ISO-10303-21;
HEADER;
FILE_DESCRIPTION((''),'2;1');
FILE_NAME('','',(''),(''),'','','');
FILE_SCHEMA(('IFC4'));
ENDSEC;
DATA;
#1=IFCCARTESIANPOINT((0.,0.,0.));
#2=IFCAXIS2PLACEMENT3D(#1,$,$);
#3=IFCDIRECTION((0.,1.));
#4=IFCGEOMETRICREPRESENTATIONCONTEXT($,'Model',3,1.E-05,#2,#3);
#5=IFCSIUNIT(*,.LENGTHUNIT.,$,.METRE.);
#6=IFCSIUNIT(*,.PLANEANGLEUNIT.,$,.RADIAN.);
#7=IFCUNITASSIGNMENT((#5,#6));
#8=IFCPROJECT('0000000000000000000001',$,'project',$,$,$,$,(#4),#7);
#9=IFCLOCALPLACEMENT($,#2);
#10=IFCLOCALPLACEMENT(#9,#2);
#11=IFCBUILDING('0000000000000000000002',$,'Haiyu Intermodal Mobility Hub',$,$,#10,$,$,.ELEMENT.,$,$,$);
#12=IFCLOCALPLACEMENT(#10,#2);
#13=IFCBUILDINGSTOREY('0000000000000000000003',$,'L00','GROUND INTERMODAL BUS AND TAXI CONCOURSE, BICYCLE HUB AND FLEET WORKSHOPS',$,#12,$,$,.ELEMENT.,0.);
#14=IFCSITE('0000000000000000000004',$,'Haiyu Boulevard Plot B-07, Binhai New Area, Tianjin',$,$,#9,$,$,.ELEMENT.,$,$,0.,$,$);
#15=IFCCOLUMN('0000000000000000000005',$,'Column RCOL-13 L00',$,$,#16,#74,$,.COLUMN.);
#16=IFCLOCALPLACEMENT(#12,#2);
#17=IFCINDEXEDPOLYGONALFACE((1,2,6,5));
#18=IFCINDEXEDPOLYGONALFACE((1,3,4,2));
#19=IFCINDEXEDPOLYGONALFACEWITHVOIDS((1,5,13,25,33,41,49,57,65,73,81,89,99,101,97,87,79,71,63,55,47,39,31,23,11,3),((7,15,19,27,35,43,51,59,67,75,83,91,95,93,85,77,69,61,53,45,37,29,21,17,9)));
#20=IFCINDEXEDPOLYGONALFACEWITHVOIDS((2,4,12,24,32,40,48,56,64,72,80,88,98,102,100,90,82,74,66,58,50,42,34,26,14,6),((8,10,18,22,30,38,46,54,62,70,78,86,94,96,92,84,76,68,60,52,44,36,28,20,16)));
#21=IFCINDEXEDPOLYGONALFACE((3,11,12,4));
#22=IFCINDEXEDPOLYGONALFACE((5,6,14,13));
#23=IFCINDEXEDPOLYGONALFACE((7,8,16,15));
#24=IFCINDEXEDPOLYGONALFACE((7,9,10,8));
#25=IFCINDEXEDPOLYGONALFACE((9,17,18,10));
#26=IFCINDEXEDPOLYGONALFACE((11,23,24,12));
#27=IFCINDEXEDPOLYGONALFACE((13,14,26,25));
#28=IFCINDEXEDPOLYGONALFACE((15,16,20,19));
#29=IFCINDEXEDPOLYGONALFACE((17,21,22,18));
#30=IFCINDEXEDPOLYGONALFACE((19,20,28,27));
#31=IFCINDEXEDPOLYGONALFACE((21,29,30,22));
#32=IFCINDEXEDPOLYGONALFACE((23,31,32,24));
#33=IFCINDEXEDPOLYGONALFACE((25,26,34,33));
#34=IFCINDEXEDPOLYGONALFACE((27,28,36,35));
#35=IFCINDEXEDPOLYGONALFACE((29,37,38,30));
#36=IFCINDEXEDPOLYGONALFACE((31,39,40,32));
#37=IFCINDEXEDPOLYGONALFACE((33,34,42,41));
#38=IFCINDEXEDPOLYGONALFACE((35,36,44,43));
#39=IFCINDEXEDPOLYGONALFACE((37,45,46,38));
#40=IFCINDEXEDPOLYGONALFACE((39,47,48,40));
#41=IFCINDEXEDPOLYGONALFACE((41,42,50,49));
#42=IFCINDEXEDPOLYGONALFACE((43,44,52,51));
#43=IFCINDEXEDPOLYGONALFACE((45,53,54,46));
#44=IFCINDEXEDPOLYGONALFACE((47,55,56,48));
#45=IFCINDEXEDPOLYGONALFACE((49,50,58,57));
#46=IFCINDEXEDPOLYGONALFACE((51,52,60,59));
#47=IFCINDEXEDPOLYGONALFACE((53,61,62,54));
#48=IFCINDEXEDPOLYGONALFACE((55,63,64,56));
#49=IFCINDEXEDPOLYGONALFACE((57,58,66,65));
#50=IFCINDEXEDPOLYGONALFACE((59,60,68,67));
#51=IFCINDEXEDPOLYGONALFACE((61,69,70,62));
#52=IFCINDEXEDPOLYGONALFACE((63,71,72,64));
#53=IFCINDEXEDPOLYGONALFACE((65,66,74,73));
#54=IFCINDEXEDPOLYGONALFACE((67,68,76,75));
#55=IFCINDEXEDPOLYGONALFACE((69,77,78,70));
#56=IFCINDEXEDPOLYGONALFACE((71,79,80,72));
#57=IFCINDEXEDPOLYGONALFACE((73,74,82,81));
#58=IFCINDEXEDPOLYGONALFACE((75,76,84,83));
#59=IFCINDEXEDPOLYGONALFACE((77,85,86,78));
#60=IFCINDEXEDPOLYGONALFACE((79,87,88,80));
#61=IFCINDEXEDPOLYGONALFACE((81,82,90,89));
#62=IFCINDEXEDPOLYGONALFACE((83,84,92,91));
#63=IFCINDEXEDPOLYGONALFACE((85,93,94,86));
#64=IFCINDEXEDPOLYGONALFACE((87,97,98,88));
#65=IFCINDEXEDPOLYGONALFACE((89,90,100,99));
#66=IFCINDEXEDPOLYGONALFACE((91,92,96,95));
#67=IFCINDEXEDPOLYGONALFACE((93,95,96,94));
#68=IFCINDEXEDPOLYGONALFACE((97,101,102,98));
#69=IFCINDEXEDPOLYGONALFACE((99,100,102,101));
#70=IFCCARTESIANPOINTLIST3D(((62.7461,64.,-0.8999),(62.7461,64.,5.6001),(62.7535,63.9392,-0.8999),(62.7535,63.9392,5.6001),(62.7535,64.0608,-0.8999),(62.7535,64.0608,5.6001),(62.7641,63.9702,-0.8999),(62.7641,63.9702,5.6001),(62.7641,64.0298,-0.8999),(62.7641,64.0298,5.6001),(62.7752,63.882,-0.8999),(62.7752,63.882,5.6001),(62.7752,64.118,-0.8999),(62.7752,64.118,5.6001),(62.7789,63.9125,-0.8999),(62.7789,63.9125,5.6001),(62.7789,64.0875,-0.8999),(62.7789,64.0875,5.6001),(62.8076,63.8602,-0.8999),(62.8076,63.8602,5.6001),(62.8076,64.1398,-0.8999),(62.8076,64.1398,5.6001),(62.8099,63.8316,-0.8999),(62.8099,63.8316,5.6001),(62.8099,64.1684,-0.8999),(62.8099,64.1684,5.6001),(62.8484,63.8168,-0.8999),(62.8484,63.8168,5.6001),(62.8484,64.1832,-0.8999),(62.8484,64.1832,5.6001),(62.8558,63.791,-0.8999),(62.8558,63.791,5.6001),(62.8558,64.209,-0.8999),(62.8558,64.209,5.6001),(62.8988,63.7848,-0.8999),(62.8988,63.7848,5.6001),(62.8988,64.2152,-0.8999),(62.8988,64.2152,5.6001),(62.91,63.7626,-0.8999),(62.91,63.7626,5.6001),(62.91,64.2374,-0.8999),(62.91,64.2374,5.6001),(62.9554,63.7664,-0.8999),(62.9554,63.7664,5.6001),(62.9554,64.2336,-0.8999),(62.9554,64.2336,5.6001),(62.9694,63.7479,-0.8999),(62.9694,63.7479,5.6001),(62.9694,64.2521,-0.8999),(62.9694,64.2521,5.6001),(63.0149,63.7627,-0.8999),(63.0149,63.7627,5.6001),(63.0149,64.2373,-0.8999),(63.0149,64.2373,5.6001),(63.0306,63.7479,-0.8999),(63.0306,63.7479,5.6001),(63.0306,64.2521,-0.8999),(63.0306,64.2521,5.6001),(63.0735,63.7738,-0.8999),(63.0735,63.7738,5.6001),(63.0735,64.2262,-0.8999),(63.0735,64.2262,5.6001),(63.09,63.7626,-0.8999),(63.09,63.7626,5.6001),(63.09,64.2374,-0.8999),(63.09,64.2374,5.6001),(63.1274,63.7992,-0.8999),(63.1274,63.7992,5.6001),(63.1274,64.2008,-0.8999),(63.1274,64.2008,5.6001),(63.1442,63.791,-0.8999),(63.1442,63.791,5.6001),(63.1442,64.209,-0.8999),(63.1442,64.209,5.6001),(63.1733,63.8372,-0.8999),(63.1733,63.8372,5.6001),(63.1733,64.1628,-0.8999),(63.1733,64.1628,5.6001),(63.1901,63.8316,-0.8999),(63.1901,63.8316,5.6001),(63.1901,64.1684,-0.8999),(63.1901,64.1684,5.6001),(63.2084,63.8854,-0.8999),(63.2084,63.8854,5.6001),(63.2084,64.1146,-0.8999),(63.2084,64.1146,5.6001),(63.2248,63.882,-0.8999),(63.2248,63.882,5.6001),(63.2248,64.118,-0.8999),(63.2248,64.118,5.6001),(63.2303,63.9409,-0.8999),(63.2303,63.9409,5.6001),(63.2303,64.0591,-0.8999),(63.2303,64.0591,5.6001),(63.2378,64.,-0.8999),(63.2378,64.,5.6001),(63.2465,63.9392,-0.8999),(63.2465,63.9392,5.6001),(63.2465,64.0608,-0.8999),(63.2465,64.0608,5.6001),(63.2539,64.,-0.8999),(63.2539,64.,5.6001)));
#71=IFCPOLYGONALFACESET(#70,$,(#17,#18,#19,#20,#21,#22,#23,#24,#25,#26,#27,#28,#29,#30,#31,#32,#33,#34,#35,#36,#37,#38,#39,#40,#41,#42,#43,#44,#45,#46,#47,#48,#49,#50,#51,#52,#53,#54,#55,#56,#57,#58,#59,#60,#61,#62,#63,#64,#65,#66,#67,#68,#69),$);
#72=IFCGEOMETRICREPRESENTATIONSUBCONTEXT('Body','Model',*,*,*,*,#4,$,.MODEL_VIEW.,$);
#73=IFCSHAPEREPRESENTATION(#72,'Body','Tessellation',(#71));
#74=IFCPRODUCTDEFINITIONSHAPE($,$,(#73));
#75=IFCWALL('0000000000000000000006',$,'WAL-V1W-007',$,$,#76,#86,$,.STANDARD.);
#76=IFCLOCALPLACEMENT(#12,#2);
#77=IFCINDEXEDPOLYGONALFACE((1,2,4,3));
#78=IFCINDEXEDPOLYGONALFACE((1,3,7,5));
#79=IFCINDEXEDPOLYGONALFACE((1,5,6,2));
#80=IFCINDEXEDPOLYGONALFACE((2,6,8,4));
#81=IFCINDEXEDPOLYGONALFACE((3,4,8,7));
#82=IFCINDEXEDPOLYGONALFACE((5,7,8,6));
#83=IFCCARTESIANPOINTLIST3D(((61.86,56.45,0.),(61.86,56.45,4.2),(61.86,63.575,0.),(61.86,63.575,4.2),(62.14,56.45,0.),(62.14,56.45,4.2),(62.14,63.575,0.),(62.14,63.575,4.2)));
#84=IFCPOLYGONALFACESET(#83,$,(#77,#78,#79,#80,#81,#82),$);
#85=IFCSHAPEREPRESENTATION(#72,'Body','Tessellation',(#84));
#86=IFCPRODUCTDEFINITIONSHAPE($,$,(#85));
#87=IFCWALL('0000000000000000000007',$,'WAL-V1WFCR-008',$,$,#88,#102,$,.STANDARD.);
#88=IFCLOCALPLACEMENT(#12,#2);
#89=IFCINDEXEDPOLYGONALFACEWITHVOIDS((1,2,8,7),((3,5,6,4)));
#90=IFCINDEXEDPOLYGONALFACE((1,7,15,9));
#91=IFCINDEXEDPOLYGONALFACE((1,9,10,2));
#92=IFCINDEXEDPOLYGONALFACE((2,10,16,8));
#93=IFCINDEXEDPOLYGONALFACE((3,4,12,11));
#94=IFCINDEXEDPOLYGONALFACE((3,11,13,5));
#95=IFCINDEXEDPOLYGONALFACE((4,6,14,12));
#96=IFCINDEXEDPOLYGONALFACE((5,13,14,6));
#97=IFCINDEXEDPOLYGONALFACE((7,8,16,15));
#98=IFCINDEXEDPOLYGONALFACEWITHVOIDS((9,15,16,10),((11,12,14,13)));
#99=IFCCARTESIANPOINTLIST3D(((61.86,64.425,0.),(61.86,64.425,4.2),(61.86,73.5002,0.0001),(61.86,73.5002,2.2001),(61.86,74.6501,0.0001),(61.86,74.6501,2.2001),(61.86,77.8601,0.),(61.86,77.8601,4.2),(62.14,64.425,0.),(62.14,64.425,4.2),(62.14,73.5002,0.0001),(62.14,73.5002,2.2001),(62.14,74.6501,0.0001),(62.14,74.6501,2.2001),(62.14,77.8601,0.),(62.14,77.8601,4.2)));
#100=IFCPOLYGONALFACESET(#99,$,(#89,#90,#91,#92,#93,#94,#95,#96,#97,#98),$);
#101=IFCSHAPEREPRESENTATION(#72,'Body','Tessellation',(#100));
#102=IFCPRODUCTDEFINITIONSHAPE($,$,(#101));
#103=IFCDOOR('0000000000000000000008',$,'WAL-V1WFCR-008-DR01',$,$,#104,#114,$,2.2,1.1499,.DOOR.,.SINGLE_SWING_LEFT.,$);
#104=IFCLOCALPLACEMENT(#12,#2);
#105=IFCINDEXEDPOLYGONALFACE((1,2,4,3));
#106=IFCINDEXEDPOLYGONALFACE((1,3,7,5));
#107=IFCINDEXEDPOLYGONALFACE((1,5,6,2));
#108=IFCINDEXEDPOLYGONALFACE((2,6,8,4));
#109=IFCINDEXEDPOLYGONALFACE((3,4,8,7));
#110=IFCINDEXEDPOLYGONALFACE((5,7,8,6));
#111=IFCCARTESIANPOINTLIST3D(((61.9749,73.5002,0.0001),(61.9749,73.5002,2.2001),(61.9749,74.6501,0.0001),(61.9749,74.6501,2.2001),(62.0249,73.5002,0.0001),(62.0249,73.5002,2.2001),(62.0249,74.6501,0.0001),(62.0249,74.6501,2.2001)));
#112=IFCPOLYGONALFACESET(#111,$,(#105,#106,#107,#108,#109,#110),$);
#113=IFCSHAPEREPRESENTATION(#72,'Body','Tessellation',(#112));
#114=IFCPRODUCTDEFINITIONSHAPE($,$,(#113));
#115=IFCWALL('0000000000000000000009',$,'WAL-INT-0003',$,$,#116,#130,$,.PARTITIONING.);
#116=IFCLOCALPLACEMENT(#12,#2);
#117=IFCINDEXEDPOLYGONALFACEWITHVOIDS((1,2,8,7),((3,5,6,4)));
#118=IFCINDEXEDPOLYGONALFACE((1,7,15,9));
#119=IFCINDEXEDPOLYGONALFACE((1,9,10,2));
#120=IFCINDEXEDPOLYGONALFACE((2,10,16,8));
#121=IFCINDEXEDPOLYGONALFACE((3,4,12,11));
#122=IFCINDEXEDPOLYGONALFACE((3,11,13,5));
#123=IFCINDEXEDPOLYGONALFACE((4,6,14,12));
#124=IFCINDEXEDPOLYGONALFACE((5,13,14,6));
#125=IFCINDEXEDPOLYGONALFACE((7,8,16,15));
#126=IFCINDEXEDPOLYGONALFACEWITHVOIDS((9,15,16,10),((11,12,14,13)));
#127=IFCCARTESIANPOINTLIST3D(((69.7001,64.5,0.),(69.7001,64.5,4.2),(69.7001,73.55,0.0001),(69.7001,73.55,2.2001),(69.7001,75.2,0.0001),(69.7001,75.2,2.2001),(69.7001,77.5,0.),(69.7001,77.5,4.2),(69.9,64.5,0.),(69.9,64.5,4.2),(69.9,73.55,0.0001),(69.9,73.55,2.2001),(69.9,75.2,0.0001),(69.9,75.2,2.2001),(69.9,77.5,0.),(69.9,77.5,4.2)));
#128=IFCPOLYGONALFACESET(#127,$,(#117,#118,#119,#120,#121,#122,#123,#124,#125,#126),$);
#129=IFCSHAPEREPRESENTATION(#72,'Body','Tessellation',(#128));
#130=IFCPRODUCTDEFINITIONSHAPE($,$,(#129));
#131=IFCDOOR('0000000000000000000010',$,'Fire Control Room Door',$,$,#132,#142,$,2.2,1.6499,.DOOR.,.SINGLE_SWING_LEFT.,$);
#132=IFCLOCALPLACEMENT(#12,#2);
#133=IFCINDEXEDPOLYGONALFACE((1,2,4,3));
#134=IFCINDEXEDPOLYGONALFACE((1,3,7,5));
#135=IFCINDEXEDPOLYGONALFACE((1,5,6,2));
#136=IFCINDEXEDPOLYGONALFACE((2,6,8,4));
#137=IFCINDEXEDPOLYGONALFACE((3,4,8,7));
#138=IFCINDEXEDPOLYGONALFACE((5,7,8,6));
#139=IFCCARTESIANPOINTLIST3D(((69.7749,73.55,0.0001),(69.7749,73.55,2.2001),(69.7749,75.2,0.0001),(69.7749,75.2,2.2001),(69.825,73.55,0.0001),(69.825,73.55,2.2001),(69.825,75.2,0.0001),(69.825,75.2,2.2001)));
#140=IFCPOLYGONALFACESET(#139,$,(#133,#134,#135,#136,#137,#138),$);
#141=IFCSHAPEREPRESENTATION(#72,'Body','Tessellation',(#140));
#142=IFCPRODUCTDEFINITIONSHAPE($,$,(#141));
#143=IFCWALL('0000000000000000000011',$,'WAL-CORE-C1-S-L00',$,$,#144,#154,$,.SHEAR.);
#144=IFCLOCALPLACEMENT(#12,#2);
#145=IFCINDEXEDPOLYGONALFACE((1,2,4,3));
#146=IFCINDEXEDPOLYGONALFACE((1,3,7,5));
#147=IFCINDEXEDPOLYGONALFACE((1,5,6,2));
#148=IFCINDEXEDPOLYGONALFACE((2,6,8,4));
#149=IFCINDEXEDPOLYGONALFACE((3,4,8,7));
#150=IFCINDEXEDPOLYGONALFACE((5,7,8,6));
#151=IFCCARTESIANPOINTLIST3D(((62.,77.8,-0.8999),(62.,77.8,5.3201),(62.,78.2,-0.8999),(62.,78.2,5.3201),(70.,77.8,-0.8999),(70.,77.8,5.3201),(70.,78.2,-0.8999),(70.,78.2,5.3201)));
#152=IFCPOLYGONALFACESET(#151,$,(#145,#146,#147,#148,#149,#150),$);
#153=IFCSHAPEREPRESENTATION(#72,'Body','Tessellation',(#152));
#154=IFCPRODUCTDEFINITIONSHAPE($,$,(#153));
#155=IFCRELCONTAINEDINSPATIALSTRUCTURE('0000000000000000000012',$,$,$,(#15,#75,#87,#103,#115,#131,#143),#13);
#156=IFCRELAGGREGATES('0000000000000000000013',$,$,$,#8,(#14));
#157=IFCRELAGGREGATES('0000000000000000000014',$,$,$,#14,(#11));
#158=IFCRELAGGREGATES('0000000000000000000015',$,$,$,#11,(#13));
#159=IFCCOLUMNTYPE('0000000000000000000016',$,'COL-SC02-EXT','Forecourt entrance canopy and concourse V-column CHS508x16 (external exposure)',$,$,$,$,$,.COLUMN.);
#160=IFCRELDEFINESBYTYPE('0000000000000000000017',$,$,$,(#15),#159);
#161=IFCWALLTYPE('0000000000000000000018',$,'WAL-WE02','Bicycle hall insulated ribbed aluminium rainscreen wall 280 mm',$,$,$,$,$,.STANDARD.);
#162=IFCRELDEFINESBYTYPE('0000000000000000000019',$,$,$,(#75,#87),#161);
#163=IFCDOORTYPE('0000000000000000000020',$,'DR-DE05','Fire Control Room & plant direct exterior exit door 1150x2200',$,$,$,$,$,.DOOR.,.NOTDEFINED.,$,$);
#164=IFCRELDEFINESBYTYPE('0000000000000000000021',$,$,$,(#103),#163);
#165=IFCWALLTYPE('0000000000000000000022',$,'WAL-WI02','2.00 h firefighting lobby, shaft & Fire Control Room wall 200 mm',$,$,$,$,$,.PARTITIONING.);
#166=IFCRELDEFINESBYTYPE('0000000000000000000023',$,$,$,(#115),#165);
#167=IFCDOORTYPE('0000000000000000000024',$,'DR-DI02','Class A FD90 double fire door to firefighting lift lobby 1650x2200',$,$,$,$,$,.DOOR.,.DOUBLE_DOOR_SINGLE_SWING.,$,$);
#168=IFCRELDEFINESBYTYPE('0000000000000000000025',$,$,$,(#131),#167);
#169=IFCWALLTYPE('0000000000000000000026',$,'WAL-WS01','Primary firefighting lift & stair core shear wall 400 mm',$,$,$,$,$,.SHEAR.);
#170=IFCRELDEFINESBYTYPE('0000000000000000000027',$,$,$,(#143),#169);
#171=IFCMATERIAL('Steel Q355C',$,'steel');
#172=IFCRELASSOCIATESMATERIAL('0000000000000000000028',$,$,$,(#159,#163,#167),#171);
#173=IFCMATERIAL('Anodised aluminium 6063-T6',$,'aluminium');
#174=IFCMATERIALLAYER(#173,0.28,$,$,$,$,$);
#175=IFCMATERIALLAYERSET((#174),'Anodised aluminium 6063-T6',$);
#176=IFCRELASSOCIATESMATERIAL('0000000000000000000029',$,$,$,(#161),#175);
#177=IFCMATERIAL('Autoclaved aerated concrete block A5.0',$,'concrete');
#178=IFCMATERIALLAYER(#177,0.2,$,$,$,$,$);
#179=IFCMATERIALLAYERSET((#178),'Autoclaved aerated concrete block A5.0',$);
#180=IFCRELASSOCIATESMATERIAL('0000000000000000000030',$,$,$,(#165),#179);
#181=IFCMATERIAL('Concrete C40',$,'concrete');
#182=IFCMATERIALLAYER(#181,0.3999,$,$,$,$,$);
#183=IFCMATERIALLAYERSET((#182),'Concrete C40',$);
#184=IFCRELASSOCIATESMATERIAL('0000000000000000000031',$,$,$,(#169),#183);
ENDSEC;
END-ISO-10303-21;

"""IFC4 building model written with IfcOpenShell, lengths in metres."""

from ifc_helpers import new_model, si_unit, direction, frame, frame_2d, origin, origin_2d, place, context, subcontext, project, spatial, rectangle, hollow_circle, extrude, material, layer, layer_set, material_profile, profile_set, type_object, element, fill, save


model = new_model("IFC4")

# Units and contexts
model_context = context("Model", 3, precision=1e-05, world=origin(), true_north=direction((0.0, 1.0)))
body_context = subcontext(model_context, "Body", "Model", "MODEL_VIEW")
ifc_project = project(units=[si_unit("LENGTHUNIT", "METRE"), si_unit("PLANEANGLEUNIT", "RADIAN")], contexts=[model_context])

# Site, building, storey
site_placement = place(None, origin())
site = spatial("IfcSite", under=ifc_project, at=site_placement, Name="Haiyu Boulevard Plot B-07, Binhai New Area, Tianjin", CompositionType="ELEMENT", RefElevation=0.0)
building_placement = place(site_placement, origin())
building = spatial("IfcBuilding", under=site, at=building_placement, Name="Haiyu Intermodal Mobility Hub", CompositionType="ELEMENT")
storey_placement = place(building_placement, origin())
storey = spatial("IfcBuildingStorey", under=building, at=storey_placement, Name="L00", Description="GROUND INTERMODAL BUS AND TAXI CONCOURSE, BICYCLE HUB AND FLEET WORKSHOPS", CompositionType="ELEMENT", Elevation=0.0)

# Shared definitions
ifc_material_1 = material(Name="Concrete C40", Category="concrete")

# Column
ifc_material_2 = material(Name="Steel Q355C", Category="steel")
ifc_material_profile_1 = material_profile(ifc_material_2, hollow_circle(Radius=0.2539, WallThickness=0.0161, at=origin_2d()), Name="CHS508x16")
ifc_profile_set_1 = profile_set([ifc_material_profile_1], Name="Steel Q355C")
column_type_1 = type_object("IfcColumnType", Name="COL-SC02-EXT", Description="Forecourt entrance canopy and concourse V-column CHS508x16 (external exposure)", PredefinedType="COLUMN", material=ifc_profile_set_1)
for number, where, z_axis, x_axis, name in (
    (1, (63.0, 64.0, -0.8999), (0.0, 0.0, 1.0), (1.0, 0.0, 0.0), "Column RCOL-13 L00"),
):
    element("IfcColumn", number, at=place(storey_placement, frame(where, z_axis=z_axis, x_axis=x_axis)), inside=storey, type_object=column_type_1, Name=name, PredefinedType="COLUMN", context=body_context, shape_type="SweptSolid", body=[
        extrude(hollow_circle(Radius=0.2539, WallThickness=0.0161, at=origin_2d()), origin(), (0.0, 0.0, 1.0), 6.5),
    ])

# Wall
ifc_material_3 = material(Name="Anodised aluminium 6063-T6", Category="aluminium")
ifc_layer_1 = layer(ifc_material_3, 0.28)
ifc_layer_set_1 = layer_set([ifc_layer_1], Name="Anodised aluminium 6063-T6")
wall_type_1 = type_object("IfcWallType", Name="WAL-WE02", Description="Bicycle hall insulated ribbed aluminium rainscreen wall 280 mm", PredefinedType="STANDARD", material=ifc_layer_set_1)
wall_1_placement = place(storey_placement, frame((62.0, 63.575, 0.0), z_axis=(0.0, 0.0, 1.0), x_axis=(0.0, -1.0, 0.0)))
element("IfcWall", 2, at=wall_1_placement, inside=storey, type_object=wall_type_1, Name="WAL-V1W-007", PredefinedType="STANDARD", context=body_context, shape_type="SweptSolid", body=[
    extrude(rectangle(XDim=7.125, YDim=0.28, at=frame_2d((3.5625, 0.0))), origin(), (0.0, 0.0, 1.0), 4.2),
])

# Walls, openings, doors
wall_2_placement = place(storey_placement, frame((62.0, 77.8601, 0.0), z_axis=(0.0, 0.0, 1.0), x_axis=(0.0, -1.0, 0.0)))
wall_2 = element("IfcWall", 3, at=wall_2_placement, inside=storey, type_object=wall_type_1, Name="WAL-V1WFCR-008", PredefinedType="STANDARD", context=body_context, shape_type="SweptSolid", body=[
    extrude(rectangle(XDim=13.4351, YDim=0.28, at=frame_2d((6.7175, 0.0))), origin(), (0.0, 0.0, 1.0), 4.2),
])
opening_1_placement = place(wall_2_placement, frame((3.21, 0.0, 0.0)))
opening_1 = element("IfcOpeningElement", 4, at=opening_1_placement, cuts=wall_2, PredefinedType="OPENING", context=body_context, shape_type="SweptSolid", body=[
    extrude(rectangle(XDim=1.1499, YDim=2.2, at=frame_2d((0.575, 1.1001))), frame((0.0, 0.1499, 0.0), z_axis=(0.0, -1.0, 0.0), x_axis=(1.0, 0.0, 0.0)), (0.0, 0.0, 1.0), 0.3),
])
door_type_1 = type_object("IfcDoorType", Name="DR-DE05", Description="Fire Control Room & plant direct exterior exit door 1150x2200", OperationType="NOTDEFINED", PredefinedType="DOOR", material=ifc_material_2)
door_1_placement = place(opening_1_placement, origin())
door_1 = element("IfcDoor", 5, at=door_1_placement, inside=storey, type_object=door_type_1, Name="WAL-V1WFCR-008-DR01", OperationType="SINGLE_SWING_LEFT", OverallHeight=2.2, OverallWidth=1.1499, PredefinedType="DOOR", context=body_context, shape_type="SweptSolid", body=[
    extrude(rectangle(XDim=1.1499, YDim=2.2, at=frame_2d((0.575, 1.1001))), frame((0.0, 0.0249, 0.0), z_axis=(0.0, -1.0, 0.0), x_axis=(1.0, 0.0, 0.0)), (0.0, 0.0, 1.0), 0.05),
])
fill(opening_1, door_1)
ifc_material_4 = material(Name="Autoclaved aerated concrete block A5.0", Category="concrete")
ifc_layer_2 = layer(ifc_material_4, 0.2)
ifc_layer_set_2 = layer_set([ifc_layer_2], Name="Autoclaved aerated concrete block A5.0")
wall_type_2 = type_object("IfcWallType", Name="WAL-WI02", Description="2.00 h firefighting lobby, shaft & Fire Control Room wall 200 mm", PredefinedType="PARTITIONING", material=ifc_layer_set_2)
wall_3_placement = place(storey_placement, frame((69.8, 77.5, 0.0), z_axis=(0.0, 0.0, 1.0), x_axis=(0.0, -1.0, 0.0)))
wall_3 = element("IfcWall", 6, at=wall_3_placement, inside=storey, type_object=wall_type_2, Name="WAL-INT-0003", PredefinedType="PARTITIONING", context=body_context, shape_type="SweptSolid", body=[
    extrude(rectangle(XDim=13.0, YDim=0.2, at=frame_2d((6.5, 0.0))), origin(), (0.0, 0.0, 1.0), 4.2),
])
opening_2_placement = place(wall_3_placement, frame((2.3, 0.0, 0.0)))
opening_2 = element("IfcOpeningElement", 7, at=opening_2_placement, cuts=wall_3, PredefinedType="OPENING", context=body_context, shape_type="SweptSolid", body=[
    extrude(rectangle(XDim=1.6499, YDim=2.2, at=frame_2d((0.825, 1.1001))), frame((0.0, 0.1099, 0.0), z_axis=(0.0, -1.0, 0.0), x_axis=(1.0, 0.0, 0.0)), (0.0, 0.0, 1.0), 0.22),
])
door_type_2 = type_object("IfcDoorType", Name="DR-DI02", Description="Class A FD90 double fire door to firefighting lift lobby 1650x2200", OperationType="DOUBLE_DOOR_SINGLE_SWING", PredefinedType="DOOR", material=ifc_material_2)
door_2_placement = place(opening_2_placement, origin())
door_2 = element("IfcDoor", 8, at=door_2_placement, inside=storey, type_object=door_type_2, Name="Fire Control Room Door", OperationType="SINGLE_SWING_LEFT", OverallHeight=2.2, OverallWidth=1.6499, PredefinedType="DOOR", context=body_context, shape_type="SweptSolid", body=[
    extrude(rectangle(XDim=1.6499, YDim=2.2, at=frame_2d((0.825, 1.1001))), frame((0.0, 0.0249, 0.0), z_axis=(0.0, -1.0, 0.0), x_axis=(1.0, 0.0, 0.0)), (0.0, 0.0, 1.0), 0.05),
])
fill(opening_2, door_2)

# Wall
ifc_layer_3 = layer(ifc_material_1, 0.3999)
ifc_layer_set_3 = layer_set([ifc_layer_3], Name="Concrete C40")
wall_type_3 = type_object("IfcWallType", Name="WAL-WS01", Description="Primary firefighting lift & stair core shear wall 400 mm", PredefinedType="SHEAR", material=ifc_layer_set_3)
wall_4_placement = place(storey_placement, frame((62.0, 78.0, -0.8999), z_axis=(0.0, 0.0, 1.0), x_axis=(1.0, 0.0, 0.0)))
element("IfcWall", 9, at=wall_4_placement, inside=storey, type_object=wall_type_3, Name="WAL-CORE-C1-S-L00", PredefinedType="SHEAR", context=body_context, shape_type="SweptSolid", body=[
    extrude(rectangle(XDim=8.0, YDim=0.3999, at=frame_2d((4.0, 0.0))), origin(), (0.0, 0.0, 1.0), 6.22),
])

save(model, "model.ifc")
